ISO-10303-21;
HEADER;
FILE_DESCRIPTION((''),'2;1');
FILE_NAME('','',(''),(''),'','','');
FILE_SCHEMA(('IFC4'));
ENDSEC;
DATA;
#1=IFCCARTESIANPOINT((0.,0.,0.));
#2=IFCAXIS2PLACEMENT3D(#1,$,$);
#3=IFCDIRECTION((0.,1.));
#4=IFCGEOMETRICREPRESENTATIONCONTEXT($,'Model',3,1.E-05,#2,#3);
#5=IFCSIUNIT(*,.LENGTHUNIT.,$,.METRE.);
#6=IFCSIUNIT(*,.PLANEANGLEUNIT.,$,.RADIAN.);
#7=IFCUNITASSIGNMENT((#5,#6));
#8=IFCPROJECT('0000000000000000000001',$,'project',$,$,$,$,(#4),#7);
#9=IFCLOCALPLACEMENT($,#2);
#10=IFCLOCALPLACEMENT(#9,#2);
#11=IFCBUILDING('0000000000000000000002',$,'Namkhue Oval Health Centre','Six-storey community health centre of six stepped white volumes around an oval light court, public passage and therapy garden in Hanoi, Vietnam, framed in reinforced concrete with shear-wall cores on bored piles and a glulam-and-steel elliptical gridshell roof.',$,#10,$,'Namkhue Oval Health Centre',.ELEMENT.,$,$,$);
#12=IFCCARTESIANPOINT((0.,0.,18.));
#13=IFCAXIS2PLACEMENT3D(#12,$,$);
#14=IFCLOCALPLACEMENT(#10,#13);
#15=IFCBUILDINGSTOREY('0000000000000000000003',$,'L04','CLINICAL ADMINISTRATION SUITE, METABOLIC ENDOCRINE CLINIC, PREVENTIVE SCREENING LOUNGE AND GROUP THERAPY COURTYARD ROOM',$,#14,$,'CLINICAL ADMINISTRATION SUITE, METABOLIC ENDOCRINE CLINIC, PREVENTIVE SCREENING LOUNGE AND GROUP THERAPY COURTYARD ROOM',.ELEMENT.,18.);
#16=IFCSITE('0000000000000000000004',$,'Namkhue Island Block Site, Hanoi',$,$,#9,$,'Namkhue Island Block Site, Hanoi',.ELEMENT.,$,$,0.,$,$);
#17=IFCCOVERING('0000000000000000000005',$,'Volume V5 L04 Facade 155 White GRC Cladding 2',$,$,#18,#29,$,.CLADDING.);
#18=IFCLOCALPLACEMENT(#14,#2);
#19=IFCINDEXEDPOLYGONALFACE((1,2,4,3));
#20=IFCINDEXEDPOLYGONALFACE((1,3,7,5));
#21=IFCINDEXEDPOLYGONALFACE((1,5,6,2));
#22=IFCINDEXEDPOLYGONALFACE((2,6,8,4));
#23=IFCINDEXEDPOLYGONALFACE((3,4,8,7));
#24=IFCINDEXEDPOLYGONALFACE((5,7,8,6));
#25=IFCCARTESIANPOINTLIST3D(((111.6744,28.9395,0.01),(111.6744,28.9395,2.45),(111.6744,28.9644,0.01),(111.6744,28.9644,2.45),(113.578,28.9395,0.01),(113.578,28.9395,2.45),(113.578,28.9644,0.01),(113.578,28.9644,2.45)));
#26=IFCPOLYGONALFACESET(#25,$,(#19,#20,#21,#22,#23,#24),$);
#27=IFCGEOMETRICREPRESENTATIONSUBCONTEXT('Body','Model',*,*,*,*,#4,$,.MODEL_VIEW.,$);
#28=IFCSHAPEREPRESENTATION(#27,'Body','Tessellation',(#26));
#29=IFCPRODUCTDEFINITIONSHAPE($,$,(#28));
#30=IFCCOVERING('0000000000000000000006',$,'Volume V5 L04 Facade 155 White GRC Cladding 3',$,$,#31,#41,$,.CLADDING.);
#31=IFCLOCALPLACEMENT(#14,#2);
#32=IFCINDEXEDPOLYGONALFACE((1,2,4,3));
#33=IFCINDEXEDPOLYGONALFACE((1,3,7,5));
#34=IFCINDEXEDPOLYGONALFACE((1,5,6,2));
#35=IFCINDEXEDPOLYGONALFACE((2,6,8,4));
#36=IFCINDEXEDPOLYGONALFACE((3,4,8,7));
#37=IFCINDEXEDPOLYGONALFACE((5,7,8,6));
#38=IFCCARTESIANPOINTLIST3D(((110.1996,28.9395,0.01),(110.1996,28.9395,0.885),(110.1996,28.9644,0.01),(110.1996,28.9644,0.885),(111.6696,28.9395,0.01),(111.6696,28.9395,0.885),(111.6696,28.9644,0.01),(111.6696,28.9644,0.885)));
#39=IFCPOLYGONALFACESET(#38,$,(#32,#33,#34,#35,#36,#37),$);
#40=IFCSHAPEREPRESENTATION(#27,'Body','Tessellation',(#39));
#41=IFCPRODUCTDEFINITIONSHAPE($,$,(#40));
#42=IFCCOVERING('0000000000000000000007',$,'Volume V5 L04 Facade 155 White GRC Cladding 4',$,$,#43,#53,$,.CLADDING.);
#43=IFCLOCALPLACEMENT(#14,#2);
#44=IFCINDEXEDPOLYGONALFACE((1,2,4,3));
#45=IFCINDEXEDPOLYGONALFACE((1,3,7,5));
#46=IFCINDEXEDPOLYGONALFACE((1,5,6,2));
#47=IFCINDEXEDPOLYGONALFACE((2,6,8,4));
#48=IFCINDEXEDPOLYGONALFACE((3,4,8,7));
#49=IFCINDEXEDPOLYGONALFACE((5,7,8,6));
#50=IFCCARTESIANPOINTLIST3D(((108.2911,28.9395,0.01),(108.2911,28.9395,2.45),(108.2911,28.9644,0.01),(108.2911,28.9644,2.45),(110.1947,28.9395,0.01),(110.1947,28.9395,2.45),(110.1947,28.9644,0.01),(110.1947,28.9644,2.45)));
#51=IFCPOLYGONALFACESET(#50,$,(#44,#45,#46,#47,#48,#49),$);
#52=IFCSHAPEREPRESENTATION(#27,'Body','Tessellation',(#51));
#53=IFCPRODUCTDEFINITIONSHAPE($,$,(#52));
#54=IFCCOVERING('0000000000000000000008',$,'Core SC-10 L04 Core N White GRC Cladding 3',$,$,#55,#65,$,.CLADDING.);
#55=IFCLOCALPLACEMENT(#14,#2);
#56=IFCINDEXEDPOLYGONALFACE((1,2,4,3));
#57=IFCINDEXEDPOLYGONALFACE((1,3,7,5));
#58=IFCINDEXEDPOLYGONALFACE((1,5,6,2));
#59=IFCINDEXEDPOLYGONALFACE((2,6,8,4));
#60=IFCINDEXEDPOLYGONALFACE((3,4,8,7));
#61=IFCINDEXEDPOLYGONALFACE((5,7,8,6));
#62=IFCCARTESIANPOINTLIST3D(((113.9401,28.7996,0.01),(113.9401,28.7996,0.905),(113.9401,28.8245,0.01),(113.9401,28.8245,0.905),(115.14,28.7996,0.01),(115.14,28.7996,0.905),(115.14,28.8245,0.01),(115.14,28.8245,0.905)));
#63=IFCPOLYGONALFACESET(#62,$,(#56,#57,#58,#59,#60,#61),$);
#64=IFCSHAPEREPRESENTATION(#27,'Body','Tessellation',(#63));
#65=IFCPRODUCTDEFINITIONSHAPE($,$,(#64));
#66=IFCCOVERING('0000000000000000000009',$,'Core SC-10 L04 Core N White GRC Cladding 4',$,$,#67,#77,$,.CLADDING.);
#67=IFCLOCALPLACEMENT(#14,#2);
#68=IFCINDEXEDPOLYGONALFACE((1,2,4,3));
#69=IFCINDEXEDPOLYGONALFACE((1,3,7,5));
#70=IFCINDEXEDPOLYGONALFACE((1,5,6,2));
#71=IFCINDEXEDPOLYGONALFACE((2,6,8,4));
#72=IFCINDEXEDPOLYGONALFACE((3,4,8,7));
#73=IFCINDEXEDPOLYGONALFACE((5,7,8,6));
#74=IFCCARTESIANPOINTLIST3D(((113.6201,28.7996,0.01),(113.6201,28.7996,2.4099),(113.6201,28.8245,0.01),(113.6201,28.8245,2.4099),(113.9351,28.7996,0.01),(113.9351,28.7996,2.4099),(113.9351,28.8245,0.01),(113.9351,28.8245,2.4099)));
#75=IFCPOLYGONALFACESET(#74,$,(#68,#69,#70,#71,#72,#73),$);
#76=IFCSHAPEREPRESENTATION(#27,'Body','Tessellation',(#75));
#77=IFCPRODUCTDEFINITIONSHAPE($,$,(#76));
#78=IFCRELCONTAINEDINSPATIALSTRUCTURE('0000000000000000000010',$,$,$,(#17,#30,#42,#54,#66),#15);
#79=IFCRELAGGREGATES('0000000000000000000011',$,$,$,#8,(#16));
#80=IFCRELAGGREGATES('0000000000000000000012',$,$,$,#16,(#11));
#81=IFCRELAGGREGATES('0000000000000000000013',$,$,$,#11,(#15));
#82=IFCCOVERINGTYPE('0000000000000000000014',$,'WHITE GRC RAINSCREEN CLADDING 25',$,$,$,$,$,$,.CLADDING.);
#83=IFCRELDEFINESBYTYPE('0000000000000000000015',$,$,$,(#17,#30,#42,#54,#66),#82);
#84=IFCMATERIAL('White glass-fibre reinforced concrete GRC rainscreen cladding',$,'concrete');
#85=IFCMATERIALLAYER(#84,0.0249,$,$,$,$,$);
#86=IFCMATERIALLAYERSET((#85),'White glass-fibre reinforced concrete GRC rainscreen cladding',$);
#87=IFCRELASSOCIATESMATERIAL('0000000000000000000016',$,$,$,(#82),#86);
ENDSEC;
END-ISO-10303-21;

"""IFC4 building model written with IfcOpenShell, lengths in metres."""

from ifc_helpers import new_model, si_unit, direction, frame, origin, origin_2d, place, context, subcontext, project, spatial, rectangle, extrude, material, layer, layer_set, type_object, element, save


model = new_model("IFC4")

# Units and contexts
model_context = context("Model", 3, precision=1e-05, world=origin(), true_north=direction((0.0, 1.0)))
body_context = subcontext(model_context, "Body", "Model", "MODEL_VIEW")
ifc_project = project(units=[si_unit("LENGTHUNIT", "METRE"), si_unit("PLANEANGLEUNIT", "RADIAN")], contexts=[model_context])

# Site, building, storey
site_placement = place(None, origin())
site = spatial("IfcSite", under=ifc_project, at=site_placement, Name="Namkhue Island Block Site, Hanoi", LongName="Namkhue Island Block Site, Hanoi", CompositionType="ELEMENT", RefElevation=0.0)
building_placement = place(site_placement, origin())
building = spatial("IfcBuilding", under=site, at=building_placement, Name="Namkhue Oval Health Centre", Description="Six-storey community health centre of six stepped white volumes around an oval light court, public passage and therapy garden in Hanoi, Vietnam, framed in reinforced concrete with shear-wall cores on bored piles and a glulam-and-steel elliptical gridshell roof.", LongName="Namkhue Oval Health Centre", CompositionType="ELEMENT")
storey_placement = place(building_placement, frame((0.0, 0.0, 18.0)))
storey = spatial("IfcBuildingStorey", under=building, at=storey_placement, Name="L04", Description="CLINICAL ADMINISTRATION SUITE, METABOLIC ENDOCRINE CLINIC, PREVENTIVE SCREENING LOUNGE AND GROUP THERAPY COURTYARD ROOM", LongName="CLINICAL ADMINISTRATION SUITE, METABOLIC ENDOCRINE CLINIC, PREVENTIVE SCREENING LOUNGE AND GROUP THERAPY COURTYARD ROOM", CompositionType="ELEMENT", Elevation=18.0)

# Coverings
ifc_material_1 = material(Name="White glass-fibre reinforced concrete GRC rainscreen cladding", Category="concrete")
ifc_layer_1 = layer(ifc_material_1, 0.0249)
ifc_layer_set_1 = layer_set([ifc_layer_1], Name="White glass-fibre reinforced concrete GRC rainscreen cladding")
covering_type = type_object("IfcCoveringType", Name="WHITE GRC RAINSCREEN CLADDING 25", PredefinedType="CLADDING", material=ifc_layer_set_1)
covering_1_placement = place(storey_placement, frame((112.6262, 28.9519, 0.01), z_axis=(0.0, 0.0, 1.0), x_axis=(-1.0, 0.0, 0.0)))
element("IfcCovering", 1, at=covering_1_placement, inside=storey, type_object=covering_type, Name="Volume V5 L04 Facade 155 White GRC Cladding 2", PredefinedType="CLADDING", context=body_context, shape_type="SweptSolid", body=[
    extrude(rectangle(XDim=1.9036, YDim=0.0249, at=origin_2d()), origin(), (0.0, 0.0, 1.0), 2.4399),
])
covering_2_placement = place(storey_placement, frame((110.9346, 28.9519, 0.01), z_axis=(0.0, 0.0, 1.0), x_axis=(-1.0, 0.0, 0.0)))
element("IfcCovering", 2, at=covering_2_placement, inside=storey, type_object=covering_type, Name="Volume V5 L04 Facade 155 White GRC Cladding 3", PredefinedType="CLADDING", context=body_context, shape_type="SweptSolid", body=[
    extrude(rectangle(XDim=1.47, YDim=0.0249, at=origin_2d()), origin(), (0.0, 0.0, 1.0), 0.875),
])
covering_3_placement = place(storey_placement, frame((109.2429, 28.9519, 0.01), z_axis=(0.0, 0.0, 1.0), x_axis=(-1.0, 0.0, 0.0)))
element("IfcCovering", 3, at=covering_3_placement, inside=storey, type_object=covering_type, Name="Volume V5 L04 Facade 155 White GRC Cladding 4", PredefinedType="CLADDING", context=body_context, shape_type="SweptSolid", body=[
    extrude(rectangle(XDim=1.9036, YDim=0.0249, at=origin_2d()), origin(), (0.0, 0.0, 1.0), 2.4399),
])
covering_4_placement = place(storey_placement, frame((114.54, 28.812, 0.01), z_axis=(0.0, 0.0, 1.0), x_axis=(-1.0, 0.0, 0.0)))
element("IfcCovering", 4, at=covering_4_placement, inside=storey, type_object=covering_type, Name="Core SC-10 L04 Core N White GRC Cladding 3", PredefinedType="CLADDING", context=body_context, shape_type="SweptSolid", body=[
    extrude(rectangle(XDim=1.2, YDim=0.0249, at=origin_2d()), origin(), (0.0, 0.0, 1.0), 0.895),
])
covering_5_placement = place(storey_placement, frame((113.7776, 28.812, 0.01), z_axis=(0.0, 0.0, 1.0), x_axis=(-1.0, 0.0, 0.0)))
element("IfcCovering", 5, at=covering_5_placement, inside=storey, type_object=covering_type, Name="Core SC-10 L04 Core N White GRC Cladding 4", PredefinedType="CLADDING", context=body_context, shape_type="SweptSolid", body=[
    extrude(rectangle(XDim=0.3149, YDim=0.0249, at=origin_2d()), origin(), (0.0, 0.0, 1.0), 2.3999),
])

save(model, "model.ifc")
